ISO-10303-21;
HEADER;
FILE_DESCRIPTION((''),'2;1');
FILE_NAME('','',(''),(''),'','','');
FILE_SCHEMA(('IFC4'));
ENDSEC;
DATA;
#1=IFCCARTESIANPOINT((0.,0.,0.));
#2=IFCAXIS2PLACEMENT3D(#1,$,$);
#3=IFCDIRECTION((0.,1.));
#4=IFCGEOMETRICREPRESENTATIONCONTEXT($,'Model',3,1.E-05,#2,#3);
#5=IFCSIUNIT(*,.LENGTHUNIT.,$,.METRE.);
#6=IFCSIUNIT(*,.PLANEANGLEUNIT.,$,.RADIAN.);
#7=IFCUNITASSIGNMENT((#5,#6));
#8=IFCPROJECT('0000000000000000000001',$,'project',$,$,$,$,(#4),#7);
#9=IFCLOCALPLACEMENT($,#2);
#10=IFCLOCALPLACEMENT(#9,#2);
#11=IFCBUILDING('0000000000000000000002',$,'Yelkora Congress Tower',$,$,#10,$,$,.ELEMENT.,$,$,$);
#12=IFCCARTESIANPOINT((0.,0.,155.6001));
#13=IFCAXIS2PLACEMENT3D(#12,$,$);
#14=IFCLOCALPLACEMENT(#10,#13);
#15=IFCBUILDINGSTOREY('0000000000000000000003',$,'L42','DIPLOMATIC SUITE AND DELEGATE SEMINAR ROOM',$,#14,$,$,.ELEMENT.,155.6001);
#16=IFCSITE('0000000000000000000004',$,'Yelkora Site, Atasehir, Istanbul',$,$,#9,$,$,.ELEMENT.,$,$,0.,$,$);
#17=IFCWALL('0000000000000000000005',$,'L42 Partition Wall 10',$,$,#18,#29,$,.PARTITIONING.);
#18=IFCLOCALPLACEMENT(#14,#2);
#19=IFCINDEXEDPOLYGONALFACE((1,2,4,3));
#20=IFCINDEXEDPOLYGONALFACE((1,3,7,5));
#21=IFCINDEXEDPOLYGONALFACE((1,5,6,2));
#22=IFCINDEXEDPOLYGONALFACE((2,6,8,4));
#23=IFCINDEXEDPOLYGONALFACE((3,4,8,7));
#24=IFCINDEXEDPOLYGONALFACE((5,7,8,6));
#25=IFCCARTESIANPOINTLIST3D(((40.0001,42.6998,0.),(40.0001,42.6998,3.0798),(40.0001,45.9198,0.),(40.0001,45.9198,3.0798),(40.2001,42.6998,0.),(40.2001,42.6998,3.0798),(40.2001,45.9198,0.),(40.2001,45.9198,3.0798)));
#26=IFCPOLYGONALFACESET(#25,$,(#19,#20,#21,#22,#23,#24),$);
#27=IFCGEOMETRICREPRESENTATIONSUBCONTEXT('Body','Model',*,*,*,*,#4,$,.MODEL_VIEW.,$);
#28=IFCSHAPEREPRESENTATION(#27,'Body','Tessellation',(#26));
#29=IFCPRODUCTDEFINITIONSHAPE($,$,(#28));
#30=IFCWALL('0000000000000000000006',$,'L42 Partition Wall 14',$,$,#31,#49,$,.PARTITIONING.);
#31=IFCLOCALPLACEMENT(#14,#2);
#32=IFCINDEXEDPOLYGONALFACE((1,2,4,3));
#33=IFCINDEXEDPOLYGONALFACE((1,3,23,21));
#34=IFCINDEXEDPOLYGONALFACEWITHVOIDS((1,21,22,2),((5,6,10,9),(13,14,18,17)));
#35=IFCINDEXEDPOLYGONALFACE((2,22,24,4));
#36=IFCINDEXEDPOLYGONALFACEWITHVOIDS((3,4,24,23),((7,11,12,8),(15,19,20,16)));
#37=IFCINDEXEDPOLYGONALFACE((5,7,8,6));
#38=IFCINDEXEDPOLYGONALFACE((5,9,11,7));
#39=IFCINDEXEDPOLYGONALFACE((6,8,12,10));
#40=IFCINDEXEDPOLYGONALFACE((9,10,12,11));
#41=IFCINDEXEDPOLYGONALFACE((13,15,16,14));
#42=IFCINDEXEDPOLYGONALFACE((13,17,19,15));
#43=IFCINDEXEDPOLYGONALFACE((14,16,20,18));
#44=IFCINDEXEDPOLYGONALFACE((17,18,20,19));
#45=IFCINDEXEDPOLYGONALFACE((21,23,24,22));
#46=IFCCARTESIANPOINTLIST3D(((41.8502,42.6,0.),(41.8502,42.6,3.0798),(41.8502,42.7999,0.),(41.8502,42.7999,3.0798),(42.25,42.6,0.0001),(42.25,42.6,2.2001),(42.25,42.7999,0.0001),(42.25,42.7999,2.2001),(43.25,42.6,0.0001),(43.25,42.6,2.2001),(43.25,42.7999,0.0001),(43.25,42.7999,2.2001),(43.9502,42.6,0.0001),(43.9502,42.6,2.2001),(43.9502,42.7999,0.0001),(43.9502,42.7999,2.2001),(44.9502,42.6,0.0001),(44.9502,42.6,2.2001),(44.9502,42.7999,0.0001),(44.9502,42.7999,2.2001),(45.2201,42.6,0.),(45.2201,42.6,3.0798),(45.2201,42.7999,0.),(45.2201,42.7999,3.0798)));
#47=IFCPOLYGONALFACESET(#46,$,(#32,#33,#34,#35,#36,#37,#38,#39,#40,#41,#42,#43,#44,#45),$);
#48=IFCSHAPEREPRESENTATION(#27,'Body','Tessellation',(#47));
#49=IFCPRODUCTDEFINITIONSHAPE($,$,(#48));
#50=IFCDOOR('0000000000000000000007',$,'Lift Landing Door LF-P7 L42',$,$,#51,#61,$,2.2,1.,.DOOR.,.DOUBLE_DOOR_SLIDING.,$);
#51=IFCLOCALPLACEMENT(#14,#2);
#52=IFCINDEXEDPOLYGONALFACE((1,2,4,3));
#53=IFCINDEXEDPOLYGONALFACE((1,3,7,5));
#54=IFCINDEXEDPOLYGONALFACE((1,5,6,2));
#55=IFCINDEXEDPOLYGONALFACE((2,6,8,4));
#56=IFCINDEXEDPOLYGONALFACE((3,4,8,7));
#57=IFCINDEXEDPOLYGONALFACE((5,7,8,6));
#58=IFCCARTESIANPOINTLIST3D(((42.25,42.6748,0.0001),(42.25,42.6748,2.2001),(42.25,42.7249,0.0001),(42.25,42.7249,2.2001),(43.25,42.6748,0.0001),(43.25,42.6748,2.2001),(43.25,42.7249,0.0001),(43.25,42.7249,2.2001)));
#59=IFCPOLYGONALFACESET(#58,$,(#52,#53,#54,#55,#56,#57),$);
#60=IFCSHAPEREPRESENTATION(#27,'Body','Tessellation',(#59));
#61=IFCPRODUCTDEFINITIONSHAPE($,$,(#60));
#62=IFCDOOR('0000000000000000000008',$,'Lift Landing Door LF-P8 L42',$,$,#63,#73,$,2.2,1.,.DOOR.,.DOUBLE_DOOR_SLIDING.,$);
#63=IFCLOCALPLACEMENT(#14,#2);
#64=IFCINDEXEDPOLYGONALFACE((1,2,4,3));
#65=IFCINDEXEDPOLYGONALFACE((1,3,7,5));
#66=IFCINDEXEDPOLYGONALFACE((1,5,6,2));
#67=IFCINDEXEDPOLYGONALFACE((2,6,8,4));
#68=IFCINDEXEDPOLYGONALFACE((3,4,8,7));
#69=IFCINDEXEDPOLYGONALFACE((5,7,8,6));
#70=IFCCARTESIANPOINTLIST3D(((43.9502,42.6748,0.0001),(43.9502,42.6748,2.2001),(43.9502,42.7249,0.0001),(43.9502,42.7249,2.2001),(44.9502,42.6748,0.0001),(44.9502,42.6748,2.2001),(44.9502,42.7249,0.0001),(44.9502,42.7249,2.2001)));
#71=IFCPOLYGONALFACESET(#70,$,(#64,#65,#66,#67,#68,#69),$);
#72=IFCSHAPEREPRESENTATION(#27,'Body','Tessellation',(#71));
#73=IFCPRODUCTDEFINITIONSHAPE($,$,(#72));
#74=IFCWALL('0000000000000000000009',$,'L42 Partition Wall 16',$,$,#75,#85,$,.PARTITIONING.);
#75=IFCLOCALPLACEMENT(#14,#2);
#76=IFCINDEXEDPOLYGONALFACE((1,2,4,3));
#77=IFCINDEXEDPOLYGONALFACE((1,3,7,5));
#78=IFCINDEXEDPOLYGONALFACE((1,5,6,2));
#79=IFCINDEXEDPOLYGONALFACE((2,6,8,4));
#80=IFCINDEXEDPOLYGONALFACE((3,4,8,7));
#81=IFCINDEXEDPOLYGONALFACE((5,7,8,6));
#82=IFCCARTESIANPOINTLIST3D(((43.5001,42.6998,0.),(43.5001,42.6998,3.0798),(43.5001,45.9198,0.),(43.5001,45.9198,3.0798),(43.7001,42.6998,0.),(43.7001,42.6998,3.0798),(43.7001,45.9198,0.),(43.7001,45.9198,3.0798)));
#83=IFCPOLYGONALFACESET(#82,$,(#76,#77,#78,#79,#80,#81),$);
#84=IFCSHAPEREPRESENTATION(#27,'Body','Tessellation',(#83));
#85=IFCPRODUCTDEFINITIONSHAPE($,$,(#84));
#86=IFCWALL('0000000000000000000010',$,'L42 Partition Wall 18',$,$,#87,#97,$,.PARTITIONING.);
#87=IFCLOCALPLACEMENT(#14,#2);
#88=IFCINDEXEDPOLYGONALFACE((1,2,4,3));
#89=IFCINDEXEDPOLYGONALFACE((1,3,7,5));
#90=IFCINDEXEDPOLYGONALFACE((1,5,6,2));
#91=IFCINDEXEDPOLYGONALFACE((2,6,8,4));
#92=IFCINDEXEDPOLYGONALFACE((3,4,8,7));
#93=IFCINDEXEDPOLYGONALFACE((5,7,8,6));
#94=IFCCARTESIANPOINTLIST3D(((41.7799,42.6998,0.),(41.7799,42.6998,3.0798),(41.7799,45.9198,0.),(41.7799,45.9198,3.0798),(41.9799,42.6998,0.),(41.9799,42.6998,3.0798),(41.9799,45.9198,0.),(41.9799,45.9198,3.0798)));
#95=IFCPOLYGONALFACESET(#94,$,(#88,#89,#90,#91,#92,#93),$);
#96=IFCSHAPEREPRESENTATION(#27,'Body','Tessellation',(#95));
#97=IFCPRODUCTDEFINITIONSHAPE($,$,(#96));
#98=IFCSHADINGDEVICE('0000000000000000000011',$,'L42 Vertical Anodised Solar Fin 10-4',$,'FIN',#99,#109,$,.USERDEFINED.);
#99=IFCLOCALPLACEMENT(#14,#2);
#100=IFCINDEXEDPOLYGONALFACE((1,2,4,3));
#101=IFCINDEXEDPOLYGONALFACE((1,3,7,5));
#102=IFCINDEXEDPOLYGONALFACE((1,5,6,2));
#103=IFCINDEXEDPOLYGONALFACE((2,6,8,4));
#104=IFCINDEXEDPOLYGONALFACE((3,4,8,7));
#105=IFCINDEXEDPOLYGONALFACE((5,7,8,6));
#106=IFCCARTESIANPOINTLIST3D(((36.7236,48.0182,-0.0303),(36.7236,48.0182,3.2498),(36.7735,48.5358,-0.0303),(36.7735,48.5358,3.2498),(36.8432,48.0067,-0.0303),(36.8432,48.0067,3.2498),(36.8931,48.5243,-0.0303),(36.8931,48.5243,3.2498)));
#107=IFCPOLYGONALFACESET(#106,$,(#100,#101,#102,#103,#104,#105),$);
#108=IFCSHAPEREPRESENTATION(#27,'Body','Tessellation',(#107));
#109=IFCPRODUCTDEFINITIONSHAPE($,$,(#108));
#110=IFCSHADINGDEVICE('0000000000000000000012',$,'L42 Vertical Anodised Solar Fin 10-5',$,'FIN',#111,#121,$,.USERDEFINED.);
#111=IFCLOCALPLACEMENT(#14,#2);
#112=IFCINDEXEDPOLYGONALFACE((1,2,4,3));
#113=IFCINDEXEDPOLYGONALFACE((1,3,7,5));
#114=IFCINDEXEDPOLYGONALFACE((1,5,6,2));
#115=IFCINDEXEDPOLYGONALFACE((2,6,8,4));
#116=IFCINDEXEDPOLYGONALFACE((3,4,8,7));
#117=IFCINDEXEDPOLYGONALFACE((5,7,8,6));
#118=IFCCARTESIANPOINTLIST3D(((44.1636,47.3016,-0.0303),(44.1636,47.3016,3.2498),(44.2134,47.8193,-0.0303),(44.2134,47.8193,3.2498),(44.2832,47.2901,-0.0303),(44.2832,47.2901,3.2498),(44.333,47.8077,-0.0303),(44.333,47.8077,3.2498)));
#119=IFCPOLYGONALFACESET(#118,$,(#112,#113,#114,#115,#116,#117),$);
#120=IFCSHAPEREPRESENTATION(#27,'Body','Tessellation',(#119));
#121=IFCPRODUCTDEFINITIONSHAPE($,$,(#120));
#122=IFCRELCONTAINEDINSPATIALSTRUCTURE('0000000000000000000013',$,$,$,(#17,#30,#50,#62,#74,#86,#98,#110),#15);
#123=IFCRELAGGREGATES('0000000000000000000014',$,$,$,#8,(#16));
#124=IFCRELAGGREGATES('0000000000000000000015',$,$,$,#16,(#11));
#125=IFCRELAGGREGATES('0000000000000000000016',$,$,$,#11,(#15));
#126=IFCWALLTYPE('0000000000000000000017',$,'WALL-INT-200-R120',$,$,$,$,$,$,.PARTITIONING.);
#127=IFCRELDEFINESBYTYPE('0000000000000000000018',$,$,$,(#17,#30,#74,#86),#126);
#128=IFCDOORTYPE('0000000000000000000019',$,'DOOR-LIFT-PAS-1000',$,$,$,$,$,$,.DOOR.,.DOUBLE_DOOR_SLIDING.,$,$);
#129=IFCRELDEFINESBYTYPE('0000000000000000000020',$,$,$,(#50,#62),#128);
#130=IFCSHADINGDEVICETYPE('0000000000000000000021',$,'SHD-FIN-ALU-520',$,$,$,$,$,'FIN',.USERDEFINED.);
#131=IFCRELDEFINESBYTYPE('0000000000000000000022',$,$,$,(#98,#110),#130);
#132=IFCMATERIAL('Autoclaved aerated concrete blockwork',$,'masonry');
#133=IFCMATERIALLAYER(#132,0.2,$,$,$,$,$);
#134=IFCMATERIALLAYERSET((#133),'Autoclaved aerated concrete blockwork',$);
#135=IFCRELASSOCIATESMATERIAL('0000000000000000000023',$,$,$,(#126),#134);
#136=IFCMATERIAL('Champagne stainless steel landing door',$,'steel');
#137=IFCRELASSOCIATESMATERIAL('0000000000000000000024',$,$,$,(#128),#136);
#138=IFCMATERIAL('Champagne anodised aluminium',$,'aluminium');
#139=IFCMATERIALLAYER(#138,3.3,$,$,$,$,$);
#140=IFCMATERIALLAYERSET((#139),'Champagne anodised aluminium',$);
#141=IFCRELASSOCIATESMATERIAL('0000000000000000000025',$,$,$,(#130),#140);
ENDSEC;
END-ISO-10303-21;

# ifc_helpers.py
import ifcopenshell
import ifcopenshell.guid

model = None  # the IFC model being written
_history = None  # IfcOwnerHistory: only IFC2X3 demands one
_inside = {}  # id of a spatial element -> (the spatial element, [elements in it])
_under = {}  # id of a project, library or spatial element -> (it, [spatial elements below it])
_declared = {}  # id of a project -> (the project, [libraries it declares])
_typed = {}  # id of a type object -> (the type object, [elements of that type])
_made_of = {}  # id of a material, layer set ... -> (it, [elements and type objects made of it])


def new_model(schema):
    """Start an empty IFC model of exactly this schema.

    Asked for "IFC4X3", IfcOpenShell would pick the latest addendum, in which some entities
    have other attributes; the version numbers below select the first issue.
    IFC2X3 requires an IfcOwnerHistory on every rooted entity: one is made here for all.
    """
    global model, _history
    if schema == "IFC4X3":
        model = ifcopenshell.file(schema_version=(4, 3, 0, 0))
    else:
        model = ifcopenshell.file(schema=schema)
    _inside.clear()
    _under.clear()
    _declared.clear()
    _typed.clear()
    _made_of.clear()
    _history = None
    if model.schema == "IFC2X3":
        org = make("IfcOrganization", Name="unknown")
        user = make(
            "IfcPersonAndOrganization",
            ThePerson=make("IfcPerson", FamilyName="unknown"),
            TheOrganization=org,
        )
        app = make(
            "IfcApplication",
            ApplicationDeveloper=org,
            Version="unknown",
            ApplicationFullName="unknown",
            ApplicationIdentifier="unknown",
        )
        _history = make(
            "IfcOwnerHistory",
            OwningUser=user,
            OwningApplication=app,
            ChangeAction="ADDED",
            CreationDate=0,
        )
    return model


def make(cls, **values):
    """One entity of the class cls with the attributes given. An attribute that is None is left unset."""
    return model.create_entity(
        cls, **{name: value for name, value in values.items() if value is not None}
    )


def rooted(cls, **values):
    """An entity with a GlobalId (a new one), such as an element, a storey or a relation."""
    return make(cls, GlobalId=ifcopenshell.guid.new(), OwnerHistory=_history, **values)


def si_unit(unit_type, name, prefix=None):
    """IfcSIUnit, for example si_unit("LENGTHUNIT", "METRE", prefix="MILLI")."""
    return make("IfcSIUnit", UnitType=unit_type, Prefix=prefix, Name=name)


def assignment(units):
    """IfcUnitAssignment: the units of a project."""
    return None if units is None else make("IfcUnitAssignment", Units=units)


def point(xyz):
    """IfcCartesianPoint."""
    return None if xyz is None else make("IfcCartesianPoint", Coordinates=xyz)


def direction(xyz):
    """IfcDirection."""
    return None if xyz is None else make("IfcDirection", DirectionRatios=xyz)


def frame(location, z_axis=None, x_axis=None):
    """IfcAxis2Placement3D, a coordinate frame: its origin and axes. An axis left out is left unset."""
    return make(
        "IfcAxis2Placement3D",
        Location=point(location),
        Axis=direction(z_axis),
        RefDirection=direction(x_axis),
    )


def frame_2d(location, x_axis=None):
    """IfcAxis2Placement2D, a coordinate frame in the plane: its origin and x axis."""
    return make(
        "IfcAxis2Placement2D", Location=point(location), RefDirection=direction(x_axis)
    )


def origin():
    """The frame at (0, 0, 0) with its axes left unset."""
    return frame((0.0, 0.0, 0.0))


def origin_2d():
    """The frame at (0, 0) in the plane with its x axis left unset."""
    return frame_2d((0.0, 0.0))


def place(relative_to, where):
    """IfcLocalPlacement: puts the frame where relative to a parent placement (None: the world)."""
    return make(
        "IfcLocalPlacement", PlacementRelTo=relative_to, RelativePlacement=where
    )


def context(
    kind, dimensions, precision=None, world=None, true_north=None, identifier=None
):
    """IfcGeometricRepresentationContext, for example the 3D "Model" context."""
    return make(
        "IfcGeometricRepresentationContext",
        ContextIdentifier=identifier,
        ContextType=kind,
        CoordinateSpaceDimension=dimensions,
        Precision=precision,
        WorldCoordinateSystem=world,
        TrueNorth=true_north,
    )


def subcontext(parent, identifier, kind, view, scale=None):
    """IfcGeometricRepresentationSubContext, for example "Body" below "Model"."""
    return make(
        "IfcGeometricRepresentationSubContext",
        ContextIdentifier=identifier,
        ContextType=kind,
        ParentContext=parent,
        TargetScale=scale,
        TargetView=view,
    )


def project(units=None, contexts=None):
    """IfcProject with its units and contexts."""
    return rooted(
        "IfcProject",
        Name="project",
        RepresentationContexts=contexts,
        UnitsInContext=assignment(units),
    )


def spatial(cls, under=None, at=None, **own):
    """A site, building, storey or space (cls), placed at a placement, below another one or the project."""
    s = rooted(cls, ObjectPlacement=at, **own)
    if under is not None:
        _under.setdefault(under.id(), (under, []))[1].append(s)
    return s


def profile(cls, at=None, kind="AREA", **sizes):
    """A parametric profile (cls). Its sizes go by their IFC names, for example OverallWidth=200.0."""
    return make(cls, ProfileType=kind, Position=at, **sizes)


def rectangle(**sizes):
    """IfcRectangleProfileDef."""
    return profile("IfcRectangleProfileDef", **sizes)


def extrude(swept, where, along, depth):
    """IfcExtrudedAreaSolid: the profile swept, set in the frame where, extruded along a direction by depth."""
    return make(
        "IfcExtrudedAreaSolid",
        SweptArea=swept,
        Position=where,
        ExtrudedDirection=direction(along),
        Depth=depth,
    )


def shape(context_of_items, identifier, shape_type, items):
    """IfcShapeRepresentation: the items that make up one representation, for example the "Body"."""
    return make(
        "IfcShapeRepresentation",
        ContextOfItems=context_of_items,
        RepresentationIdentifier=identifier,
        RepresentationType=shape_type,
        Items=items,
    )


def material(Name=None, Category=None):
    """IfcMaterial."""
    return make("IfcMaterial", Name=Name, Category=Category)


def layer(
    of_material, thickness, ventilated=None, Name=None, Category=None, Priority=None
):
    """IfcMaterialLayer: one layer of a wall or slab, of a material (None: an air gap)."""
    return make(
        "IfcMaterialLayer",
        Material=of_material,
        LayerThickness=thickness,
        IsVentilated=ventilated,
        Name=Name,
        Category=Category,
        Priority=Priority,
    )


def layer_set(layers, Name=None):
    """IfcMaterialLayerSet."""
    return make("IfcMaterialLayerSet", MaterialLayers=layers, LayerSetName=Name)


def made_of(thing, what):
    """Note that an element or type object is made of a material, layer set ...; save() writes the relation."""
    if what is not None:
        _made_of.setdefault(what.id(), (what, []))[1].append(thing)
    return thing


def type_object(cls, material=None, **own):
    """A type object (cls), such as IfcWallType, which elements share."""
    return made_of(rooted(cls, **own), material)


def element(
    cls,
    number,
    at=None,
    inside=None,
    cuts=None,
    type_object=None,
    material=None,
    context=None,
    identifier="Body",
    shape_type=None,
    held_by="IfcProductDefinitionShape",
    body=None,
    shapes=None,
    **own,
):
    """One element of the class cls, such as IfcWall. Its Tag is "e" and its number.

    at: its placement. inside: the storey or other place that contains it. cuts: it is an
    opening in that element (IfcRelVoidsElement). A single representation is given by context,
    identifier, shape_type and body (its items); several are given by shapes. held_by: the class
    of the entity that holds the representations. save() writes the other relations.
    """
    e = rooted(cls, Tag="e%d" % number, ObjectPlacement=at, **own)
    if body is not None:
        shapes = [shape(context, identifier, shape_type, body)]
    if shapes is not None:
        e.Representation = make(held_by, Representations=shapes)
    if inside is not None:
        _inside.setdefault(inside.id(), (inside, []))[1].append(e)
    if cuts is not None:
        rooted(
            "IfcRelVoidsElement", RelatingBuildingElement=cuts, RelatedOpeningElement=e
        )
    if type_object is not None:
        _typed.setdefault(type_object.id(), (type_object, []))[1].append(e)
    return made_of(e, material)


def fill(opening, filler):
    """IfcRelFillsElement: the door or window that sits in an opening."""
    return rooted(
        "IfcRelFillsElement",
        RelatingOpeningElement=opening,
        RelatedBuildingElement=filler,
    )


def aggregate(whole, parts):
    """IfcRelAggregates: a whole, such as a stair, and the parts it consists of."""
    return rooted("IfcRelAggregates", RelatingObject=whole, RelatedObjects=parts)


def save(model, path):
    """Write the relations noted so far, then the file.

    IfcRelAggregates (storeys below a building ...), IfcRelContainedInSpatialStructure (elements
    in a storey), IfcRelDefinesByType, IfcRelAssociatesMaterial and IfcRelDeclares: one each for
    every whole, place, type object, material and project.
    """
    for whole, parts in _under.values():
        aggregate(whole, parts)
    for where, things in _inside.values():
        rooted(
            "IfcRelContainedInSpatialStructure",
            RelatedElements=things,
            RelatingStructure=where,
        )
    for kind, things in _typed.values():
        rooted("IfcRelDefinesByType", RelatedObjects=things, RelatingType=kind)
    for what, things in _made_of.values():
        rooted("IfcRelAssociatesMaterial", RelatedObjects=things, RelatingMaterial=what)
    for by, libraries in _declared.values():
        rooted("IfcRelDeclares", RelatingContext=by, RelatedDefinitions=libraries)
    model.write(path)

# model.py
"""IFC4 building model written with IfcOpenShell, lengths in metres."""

from ifc_helpers import new_model, si_unit, direction, frame, frame_2d, origin, origin_2d, place, context, subcontext, project, spatial, rectangle, extrude, material, layer, layer_set, type_object, element, fill, save


model = new_model("IFC4")

# Units and contexts
model_context = context("Model", 3, precision=1e-05, world=origin(), true_north=direction((0.0, 1.0)))
body_context = subcontext(model_context, "Body", "Model", "MODEL_VIEW")
ifc_project = project(units=[si_unit("LENGTHUNIT", "METRE"), si_unit("PLANEANGLEUNIT", "RADIAN")], contexts=[model_context])

# Site, building, storey
site_placement = place(None, origin())
site = spatial("IfcSite", under=ifc_project, at=site_placement, Name="Yelkora Site, Atasehir, Istanbul", CompositionType="ELEMENT", RefElevation=0.0)
building_placement = place(site_placement, origin())
building = spatial("IfcBuilding", under=site, at=building_placement, Name="Yelkora Congress Tower", CompositionType="ELEMENT")
storey_placement = place(building_placement, frame((0.0, 0.0, 155.6001)))
storey = spatial("IfcBuildingStorey", under=building, at=storey_placement, Name="L42", Description="DIPLOMATIC SUITE AND DELEGATE SEMINAR ROOM", CompositionType="ELEMENT", Elevation=155.6001)

# Wall
ifc_material_1 = material(Name="Autoclaved aerated concrete blockwork", Category="masonry")
ifc_layer_1 = layer(ifc_material_1, 0.2)
ifc_layer_set_1 = layer_set([ifc_layer_1], Name="Autoclaved aerated concrete blockwork")
wall_type = type_object("IfcWallType", Name="WALL-INT-200-R120", PredefinedType="PARTITIONING", material=ifc_layer_set_1)
wall_1_placement = place(storey_placement, frame((40.1001, 42.7, 0.0), z_axis=(0.0, 0.0, 1.0), x_axis=(0.0, 1.0, 0.0)))
element("IfcWall", 1, at=wall_1_placement, inside=storey, type_object=wall_type, Name="L42 Partition Wall 10", PredefinedType="PARTITIONING", context=body_context, shape_type="SweptSolid", body=[
    extrude(rectangle(XDim=3.22, YDim=0.2, at=frame_2d((1.6099, 0.0))), origin(), (0.0, 0.0, 1.0), 3.0798),
])

# Wall, openings, doors
wall_2_placement = place(storey_placement, frame((41.8501, 42.7, 0.0), z_axis=(0.0, 0.0, 1.0), x_axis=(1.0, 0.0, 0.0)))
wall_2 = element("IfcWall", 2, at=wall_2_placement, inside=storey, type_object=wall_type, Name="L42 Partition Wall 14", PredefinedType="PARTITIONING", context=body_context, shape_type="SweptSolid", body=[
    extrude(rectangle(XDim=3.3699, YDim=0.2, at=frame_2d((1.6851, 0.0))), origin(), (0.0, 0.0, 1.0), 3.0798),
])
opening_1_placement = place(wall_2_placement, frame((0.3999, 0.0, 0.0)))
opening_1 = element("IfcOpeningElement", 3, at=opening_1_placement, cuts=wall_2, PredefinedType="OPENING", context=body_context, shape_type="SweptSolid", body=[
    extrude(rectangle(XDim=1.0, YDim=2.2, at=frame_2d((0.5, 1.1001))), frame((0.0, 0.1099, 0.0), z_axis=(0.0, -1.0, 0.0), x_axis=(1.0, 0.0, 0.0)), (0.0, 0.0, 1.0), 0.22),
])
opening_2_placement = place(wall_2_placement, frame((2.1001, 0.0, 0.0)))
opening_2 = element("IfcOpeningElement", 4, at=opening_2_placement, cuts=wall_2, PredefinedType="OPENING", context=body_context, shape_type="SweptSolid", body=[
    extrude(rectangle(XDim=1.0, YDim=2.2, at=frame_2d((0.5, 1.1001))), frame((0.0, 0.1099, 0.0), z_axis=(0.0, -1.0, 0.0), x_axis=(1.0, 0.0, 0.0)), (0.0, 0.0, 1.0), 0.22),
])
ifc_material_2 = material(Name="Champagne stainless steel landing door", Category="steel")
door_type = type_object("IfcDoorType", Name="DOOR-LIFT-PAS-1000", OperationType="DOUBLE_DOOR_SLIDING", PredefinedType="DOOR", material=ifc_material_2)
door_1_placement = place(opening_1_placement, origin())
door_1 = element("IfcDoor", 5, at=door_1_placement, inside=storey, type_object=door_type, Name="Lift Landing Door LF-P7 L42", OperationType="DOUBLE_DOOR_SLIDING", OverallHeight=2.2, OverallWidth=1.0, PredefinedType="DOOR", context=body_context, shape_type="SweptSolid", body=[
    extrude(rectangle(XDim=1.0, YDim=2.2, at=frame_2d((0.5, 1.1001))), frame((0.0, 0.0249, 0.0), z_axis=(0.0, -1.0, 0.0), x_axis=(1.0, 0.0, 0.0)), (0.0, 0.0, 1.0), 0.05),
])
fill(opening_1, door_1)
door_2_placement = place(opening_2_placement, origin())
door_2 = element("IfcDoor", 6, at=door_2_placement, inside=storey, type_object=door_type, Name="Lift Landing Door LF-P8 L42", OperationType="DOUBLE_DOOR_SLIDING", OverallHeight=2.2, OverallWidth=1.0, PredefinedType="DOOR", context=body_context, shape_type="SweptSolid", body=[
    extrude(rectangle(XDim=1.0, YDim=2.2, at=frame_2d((0.5, 1.1001))), frame((0.0, 0.0249, 0.0), z_axis=(0.0, -1.0, 0.0), x_axis=(1.0, 0.0, 0.0)), (0.0, 0.0, 1.0), 0.05),
])
fill(opening_2, door_2)

# Walls
for number, where, z_axis, x_axis, name in (
    (7, (43.6001, 42.7, 0.0), (0.0, 0.0, 1.0), (0.0, 1.0, 0.0), "L42 Partition Wall 16"),
    (8, (41.8799, 42.7, 0.0), (0.0, 0.0, 1.0), (0.0, 1.0, 0.0), "L42 Partition Wall 18"),
):
    element("IfcWall", number, at=place(storey_placement, frame(where, z_axis=z_axis, x_axis=x_axis)), inside=storey, type_object=wall_type, Name=name, PredefinedType="PARTITIONING", context=body_context, shape_type="SweptSolid", body=[
        extrude(rectangle(XDim=3.22, YDim=0.2, at=frame_2d((1.6099, 0.0))), origin(), (0.0, 0.0, 1.0), 3.0798),
    ])

# Shading devices
ifc_material_3 = material(Name="Champagne anodised aluminium", Category="aluminium")
ifc_layer_2 = layer(ifc_material_3, 3.3)
ifc_layer_set_2 = layer_set([ifc_layer_2], Name="Champagne anodised aluminium")
shading_device_type = type_object("IfcShadingDeviceType", Name="SHD-FIN-ALU-520", ElementType="FIN", PredefinedType="USERDEFINED", material=ifc_layer_set_2)
for number, where, z_axis, x_axis, name in (
    (9, (36.8083, 48.2712, -0.0303), (0.0, 0.0, 1.0), (0.995396, -0.095846, 0.0), "L42 Vertical Anodised Solar Fin 10-4"),
    (10, (44.2483, 47.5547, -0.0303), (0.0, 0.0, 1.0), (0.995396, -0.095846, 0.0), "L42 Vertical Anodised Solar Fin 10-5"),
):
    element("IfcShadingDevice", number, at=place(storey_placement, frame(where, z_axis=z_axis, x_axis=x_axis)), inside=storey, type_object=shading_device_type, Name=name, ObjectType="FIN", PredefinedType="USERDEFINED", context=body_context, shape_type="SweptSolid", body=[
        extrude(rectangle(XDim=0.1201, YDim=0.52, at=origin_2d()), origin(), (0.0, 0.0, 1.0), 3.28),
    ])

save(model, "model.ifc")
